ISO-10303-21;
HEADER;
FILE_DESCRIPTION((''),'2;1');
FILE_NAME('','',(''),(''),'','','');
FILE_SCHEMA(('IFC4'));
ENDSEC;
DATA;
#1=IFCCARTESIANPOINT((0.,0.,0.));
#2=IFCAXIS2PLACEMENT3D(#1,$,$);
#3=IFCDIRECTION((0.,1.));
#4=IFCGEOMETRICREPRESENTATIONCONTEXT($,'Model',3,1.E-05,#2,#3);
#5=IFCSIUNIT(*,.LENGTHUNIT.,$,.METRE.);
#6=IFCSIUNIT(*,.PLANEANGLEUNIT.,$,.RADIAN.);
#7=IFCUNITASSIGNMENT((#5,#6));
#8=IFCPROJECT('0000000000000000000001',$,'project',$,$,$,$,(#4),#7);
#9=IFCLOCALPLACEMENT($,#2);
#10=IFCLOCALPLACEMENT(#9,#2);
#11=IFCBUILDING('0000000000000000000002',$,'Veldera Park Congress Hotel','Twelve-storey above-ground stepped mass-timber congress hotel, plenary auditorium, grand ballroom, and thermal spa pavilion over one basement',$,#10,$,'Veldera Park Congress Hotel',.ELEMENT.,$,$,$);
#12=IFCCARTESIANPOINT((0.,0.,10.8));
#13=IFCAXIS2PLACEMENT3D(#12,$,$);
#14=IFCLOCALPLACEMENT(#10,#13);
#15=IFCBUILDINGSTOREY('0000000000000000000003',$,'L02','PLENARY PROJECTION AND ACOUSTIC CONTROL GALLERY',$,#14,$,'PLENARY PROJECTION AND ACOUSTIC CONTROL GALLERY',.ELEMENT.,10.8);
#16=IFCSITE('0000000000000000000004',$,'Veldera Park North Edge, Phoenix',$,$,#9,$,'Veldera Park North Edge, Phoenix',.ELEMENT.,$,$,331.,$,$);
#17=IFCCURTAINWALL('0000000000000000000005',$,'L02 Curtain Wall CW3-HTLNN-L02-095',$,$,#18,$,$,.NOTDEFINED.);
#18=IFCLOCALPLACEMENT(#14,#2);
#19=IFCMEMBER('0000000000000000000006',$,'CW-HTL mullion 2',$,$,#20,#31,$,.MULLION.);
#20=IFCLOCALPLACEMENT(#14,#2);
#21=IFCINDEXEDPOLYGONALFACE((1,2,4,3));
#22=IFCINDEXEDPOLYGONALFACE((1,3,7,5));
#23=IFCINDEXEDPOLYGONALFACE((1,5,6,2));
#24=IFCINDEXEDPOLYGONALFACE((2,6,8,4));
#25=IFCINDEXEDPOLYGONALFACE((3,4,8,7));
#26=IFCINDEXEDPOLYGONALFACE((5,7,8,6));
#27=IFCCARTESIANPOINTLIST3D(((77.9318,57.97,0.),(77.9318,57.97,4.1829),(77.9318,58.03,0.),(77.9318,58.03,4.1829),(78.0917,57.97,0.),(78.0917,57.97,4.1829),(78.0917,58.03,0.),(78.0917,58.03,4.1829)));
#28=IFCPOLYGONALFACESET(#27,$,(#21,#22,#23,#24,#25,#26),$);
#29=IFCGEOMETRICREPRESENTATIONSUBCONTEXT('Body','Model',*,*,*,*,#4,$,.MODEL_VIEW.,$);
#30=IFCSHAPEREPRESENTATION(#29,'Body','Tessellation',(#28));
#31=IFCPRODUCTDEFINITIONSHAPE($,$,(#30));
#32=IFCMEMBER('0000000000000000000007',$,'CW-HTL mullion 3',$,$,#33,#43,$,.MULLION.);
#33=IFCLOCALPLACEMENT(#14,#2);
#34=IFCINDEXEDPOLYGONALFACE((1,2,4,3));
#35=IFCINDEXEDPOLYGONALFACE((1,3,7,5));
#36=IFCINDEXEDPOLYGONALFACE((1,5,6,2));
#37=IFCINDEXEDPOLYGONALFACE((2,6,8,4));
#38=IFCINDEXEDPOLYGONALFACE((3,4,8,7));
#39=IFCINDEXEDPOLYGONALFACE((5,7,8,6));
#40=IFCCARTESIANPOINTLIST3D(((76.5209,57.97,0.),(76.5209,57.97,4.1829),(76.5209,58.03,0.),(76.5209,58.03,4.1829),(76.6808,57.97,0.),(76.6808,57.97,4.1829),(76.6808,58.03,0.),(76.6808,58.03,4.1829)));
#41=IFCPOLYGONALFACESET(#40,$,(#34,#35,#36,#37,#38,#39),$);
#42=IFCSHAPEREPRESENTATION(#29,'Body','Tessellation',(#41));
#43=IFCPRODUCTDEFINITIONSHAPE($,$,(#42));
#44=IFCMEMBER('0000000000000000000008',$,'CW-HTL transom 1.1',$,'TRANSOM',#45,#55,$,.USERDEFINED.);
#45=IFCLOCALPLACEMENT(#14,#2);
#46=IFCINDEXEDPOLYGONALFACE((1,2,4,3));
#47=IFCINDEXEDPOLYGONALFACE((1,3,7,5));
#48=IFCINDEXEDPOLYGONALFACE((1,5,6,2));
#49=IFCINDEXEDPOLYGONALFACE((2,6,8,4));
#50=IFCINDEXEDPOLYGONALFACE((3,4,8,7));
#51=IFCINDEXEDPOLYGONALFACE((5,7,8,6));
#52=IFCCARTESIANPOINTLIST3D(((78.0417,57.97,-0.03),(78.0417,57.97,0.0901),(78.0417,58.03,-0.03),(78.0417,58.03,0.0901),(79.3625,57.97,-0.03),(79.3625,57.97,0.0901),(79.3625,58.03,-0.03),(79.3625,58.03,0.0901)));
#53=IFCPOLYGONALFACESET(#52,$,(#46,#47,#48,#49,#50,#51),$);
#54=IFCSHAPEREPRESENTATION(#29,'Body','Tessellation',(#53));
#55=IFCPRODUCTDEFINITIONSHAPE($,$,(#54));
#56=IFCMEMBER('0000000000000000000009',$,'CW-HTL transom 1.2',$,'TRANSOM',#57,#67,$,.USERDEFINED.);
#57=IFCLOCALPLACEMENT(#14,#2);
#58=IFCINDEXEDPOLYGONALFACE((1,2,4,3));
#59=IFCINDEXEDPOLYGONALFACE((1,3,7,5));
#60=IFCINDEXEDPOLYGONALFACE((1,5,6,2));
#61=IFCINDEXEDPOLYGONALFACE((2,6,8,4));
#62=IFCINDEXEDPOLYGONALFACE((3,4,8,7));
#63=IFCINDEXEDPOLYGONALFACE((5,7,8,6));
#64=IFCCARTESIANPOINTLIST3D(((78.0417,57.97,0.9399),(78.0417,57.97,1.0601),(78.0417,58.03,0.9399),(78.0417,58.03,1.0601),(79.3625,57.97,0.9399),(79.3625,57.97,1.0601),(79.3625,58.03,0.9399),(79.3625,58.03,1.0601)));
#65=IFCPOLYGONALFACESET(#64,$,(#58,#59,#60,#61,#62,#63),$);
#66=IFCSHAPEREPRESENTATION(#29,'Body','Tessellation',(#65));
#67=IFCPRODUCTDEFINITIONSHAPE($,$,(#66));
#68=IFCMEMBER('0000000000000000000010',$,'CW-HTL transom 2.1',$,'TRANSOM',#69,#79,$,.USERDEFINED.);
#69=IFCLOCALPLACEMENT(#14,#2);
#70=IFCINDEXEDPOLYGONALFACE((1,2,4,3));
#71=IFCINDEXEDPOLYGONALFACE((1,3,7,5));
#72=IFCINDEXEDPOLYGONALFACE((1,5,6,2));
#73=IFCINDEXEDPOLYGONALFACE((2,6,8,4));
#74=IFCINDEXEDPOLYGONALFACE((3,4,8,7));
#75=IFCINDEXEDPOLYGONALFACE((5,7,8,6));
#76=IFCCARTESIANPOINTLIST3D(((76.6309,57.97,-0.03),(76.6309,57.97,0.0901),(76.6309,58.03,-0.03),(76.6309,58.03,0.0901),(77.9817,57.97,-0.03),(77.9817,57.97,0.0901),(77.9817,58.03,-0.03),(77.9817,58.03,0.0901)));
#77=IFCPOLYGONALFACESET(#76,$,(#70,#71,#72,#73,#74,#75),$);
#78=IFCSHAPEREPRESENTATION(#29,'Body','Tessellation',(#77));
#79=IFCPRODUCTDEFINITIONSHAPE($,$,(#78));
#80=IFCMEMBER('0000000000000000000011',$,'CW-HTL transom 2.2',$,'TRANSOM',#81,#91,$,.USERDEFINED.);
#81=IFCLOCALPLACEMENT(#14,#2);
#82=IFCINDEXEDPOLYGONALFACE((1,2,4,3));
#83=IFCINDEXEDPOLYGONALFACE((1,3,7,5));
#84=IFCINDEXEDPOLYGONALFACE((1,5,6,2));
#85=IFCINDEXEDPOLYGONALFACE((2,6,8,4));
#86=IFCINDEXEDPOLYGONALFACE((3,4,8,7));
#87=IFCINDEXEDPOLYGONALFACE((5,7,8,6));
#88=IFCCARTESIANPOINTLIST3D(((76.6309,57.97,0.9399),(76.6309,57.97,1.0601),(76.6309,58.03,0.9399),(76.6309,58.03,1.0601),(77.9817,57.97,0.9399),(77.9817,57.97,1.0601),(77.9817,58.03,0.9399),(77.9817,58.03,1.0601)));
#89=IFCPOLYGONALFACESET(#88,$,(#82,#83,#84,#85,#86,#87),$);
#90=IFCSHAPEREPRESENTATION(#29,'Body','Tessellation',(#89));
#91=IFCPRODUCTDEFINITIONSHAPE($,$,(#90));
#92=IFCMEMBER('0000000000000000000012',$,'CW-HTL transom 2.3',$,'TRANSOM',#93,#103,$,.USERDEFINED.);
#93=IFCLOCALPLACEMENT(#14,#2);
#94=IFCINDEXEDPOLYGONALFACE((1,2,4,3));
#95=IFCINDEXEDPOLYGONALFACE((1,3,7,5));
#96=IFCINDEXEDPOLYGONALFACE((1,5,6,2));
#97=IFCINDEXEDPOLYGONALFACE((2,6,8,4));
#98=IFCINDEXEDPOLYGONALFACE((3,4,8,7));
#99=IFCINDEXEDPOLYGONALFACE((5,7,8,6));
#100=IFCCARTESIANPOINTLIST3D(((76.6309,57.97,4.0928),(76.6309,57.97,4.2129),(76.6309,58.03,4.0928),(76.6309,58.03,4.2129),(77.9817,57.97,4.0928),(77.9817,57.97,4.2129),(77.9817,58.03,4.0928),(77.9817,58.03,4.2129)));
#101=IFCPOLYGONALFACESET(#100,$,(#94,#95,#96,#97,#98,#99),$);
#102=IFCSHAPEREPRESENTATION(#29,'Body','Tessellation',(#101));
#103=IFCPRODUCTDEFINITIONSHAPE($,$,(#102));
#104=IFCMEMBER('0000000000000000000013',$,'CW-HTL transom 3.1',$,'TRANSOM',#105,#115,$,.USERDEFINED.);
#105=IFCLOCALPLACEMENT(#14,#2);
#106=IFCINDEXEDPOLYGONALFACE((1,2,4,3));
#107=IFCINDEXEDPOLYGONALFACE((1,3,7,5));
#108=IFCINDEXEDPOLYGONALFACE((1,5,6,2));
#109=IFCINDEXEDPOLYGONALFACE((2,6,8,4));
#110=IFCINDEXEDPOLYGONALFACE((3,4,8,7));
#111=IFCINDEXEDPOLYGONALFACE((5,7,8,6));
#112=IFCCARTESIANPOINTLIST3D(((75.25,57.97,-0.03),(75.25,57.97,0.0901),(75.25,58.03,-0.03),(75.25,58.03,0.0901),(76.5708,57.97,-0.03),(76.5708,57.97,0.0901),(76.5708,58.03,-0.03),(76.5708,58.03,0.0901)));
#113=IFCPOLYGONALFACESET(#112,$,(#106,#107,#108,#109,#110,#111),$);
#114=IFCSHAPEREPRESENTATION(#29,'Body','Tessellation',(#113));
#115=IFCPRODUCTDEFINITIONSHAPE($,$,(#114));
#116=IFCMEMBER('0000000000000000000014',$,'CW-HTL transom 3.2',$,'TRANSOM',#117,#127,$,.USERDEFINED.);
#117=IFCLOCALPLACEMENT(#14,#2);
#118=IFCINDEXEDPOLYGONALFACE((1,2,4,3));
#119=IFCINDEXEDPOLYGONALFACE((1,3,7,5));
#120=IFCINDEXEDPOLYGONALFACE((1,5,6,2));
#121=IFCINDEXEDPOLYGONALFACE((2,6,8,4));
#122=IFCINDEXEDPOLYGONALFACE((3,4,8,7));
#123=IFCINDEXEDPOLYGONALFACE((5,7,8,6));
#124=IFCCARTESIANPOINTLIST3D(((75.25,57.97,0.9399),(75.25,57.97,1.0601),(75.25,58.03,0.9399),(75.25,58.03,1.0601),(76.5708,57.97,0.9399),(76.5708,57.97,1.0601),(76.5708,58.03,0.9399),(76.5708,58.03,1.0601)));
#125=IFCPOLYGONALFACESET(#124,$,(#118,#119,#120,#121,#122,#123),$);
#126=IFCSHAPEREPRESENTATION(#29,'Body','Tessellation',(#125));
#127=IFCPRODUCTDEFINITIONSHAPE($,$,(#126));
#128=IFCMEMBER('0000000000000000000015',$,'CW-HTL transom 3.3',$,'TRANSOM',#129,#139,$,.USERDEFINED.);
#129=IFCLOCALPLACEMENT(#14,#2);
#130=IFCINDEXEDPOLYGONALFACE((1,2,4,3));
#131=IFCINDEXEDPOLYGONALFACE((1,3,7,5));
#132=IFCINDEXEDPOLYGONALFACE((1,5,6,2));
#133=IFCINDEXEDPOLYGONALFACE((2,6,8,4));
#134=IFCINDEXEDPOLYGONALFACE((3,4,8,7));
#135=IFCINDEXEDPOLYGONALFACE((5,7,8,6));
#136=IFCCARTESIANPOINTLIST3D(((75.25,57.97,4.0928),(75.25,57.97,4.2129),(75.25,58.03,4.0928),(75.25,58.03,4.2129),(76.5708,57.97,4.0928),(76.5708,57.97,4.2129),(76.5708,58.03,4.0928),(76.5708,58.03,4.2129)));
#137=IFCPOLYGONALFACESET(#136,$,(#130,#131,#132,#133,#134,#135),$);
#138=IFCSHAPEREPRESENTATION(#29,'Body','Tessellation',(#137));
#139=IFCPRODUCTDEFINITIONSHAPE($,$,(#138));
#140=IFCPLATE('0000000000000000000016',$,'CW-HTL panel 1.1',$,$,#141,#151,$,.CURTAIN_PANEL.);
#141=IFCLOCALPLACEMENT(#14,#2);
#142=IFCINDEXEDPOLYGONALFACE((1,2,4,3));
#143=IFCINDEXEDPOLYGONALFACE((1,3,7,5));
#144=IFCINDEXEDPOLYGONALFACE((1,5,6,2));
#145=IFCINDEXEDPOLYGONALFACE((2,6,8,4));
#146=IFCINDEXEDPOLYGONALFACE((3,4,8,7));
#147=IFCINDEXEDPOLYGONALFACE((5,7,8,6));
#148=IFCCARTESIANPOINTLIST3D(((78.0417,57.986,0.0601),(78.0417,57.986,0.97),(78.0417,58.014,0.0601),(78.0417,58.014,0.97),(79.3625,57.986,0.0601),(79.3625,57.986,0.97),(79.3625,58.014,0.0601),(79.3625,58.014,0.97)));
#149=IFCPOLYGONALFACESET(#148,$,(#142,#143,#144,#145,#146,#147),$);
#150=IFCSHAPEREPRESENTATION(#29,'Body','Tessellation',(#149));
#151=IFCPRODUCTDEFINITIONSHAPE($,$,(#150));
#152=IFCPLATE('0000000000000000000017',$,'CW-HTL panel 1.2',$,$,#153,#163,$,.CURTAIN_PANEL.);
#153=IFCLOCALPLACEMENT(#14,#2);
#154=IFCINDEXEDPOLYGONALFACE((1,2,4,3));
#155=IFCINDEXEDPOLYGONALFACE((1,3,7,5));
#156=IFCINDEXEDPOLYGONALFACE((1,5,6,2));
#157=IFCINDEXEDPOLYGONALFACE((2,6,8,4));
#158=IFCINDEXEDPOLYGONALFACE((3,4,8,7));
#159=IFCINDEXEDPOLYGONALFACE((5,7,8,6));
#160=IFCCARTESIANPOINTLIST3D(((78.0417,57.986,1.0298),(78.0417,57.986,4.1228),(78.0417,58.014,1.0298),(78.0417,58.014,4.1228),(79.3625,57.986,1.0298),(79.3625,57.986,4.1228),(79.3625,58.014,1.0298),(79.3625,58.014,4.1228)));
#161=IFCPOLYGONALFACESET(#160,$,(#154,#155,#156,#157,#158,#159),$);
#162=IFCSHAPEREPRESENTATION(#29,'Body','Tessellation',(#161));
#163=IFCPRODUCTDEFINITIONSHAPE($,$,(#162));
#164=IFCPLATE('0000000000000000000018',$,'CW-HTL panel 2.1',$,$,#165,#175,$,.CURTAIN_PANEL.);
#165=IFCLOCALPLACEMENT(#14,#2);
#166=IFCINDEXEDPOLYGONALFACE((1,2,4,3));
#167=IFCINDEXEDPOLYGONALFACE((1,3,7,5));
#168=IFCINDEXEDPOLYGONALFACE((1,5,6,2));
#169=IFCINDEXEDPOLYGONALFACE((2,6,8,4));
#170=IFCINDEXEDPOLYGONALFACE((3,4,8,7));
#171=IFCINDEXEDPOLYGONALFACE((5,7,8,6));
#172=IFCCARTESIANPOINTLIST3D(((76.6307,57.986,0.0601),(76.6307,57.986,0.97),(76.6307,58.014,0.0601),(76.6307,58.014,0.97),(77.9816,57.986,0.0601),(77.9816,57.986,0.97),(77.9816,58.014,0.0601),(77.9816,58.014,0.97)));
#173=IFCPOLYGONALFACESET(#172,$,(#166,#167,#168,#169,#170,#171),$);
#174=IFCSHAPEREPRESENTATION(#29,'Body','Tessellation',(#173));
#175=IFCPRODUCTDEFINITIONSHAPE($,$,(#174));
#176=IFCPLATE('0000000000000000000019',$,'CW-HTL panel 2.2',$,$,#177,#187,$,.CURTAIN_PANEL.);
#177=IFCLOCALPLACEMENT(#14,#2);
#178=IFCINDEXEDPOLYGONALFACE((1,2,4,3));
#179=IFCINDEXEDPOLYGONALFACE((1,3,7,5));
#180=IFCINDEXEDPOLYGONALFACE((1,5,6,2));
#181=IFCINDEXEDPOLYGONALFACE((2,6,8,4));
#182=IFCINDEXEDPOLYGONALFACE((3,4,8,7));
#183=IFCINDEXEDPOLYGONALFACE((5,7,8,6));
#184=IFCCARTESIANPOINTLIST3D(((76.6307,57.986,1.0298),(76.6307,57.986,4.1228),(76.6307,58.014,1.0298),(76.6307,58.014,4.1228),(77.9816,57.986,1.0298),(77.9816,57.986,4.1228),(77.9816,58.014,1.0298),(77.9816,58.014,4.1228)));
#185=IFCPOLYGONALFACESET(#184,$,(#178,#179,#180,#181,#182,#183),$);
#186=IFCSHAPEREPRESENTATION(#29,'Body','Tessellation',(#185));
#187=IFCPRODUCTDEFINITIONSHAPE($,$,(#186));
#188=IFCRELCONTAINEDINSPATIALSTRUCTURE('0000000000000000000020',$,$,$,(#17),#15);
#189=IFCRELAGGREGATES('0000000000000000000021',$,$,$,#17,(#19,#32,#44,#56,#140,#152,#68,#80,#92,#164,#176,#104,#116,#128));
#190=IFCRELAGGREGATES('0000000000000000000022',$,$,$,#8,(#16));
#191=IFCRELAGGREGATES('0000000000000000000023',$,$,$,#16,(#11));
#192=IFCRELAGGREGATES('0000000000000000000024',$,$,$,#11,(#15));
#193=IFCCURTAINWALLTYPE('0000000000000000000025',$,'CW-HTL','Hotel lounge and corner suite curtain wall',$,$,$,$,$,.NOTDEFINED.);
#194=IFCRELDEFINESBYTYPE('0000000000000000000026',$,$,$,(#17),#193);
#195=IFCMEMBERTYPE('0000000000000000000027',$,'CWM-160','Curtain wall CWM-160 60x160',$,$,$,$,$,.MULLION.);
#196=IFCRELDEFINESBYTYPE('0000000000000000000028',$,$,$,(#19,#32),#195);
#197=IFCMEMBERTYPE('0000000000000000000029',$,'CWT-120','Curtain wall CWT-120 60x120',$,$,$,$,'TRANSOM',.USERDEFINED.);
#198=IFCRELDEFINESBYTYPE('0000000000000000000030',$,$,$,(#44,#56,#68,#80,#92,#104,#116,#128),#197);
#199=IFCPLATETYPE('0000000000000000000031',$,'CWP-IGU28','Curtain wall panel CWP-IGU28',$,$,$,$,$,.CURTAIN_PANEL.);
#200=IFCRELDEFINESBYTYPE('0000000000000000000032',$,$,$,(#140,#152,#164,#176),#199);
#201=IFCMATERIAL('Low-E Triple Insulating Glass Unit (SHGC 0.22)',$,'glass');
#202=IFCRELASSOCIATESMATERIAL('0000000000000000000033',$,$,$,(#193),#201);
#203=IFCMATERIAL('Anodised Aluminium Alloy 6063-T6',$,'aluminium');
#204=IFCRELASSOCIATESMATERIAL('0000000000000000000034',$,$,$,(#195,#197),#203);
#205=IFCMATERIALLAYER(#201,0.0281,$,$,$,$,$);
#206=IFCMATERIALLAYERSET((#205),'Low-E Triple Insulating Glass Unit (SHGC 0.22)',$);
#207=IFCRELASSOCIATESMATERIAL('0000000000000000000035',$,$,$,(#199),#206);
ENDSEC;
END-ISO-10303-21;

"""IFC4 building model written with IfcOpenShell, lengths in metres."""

from ifc_helpers import new_model, si_unit, direction, frame, origin, origin_2d, place, context, subcontext, project, spatial, rectangle, extrude, material, layer, layer_set, material_profile, profile_set, type_object, element, aggregate, save


model = new_model("IFC4")

# Units and contexts
model_context = context("Model", 3, precision=1e-05, world=origin(), true_north=direction((0.0, 1.0)))
body_context = subcontext(model_context, "Body", "Model", "MODEL_VIEW")
ifc_project = project(units=[si_unit("LENGTHUNIT", "METRE"), si_unit("PLANEANGLEUNIT", "RADIAN")], contexts=[model_context])

# Site, building, storey
site_placement = place(None, origin())
site = spatial("IfcSite", under=ifc_project, at=site_placement, Name="Veldera Park North Edge, Phoenix", LongName="Veldera Park North Edge, Phoenix", CompositionType="ELEMENT", RefElevation=331.0)
building_placement = place(site_placement, origin())
building = spatial("IfcBuilding", under=site, at=building_placement, Name="Veldera Park Congress Hotel", Description="Twelve-storey above-ground stepped mass-timber congress hotel, plenary auditorium, grand ballroom, and thermal spa pavilion over one basement", LongName="Veldera Park Congress Hotel", CompositionType="ELEMENT")
storey_placement = place(building_placement, frame((0.0, 0.0, 10.8)))
storey = spatial("IfcBuildingStorey", under=building, at=storey_placement, Name="L02", Description="PLENARY PROJECTION AND ACOUSTIC CONTROL GALLERY", LongName="PLENARY PROJECTION AND ACOUSTIC CONTROL GALLERY", CompositionType="ELEMENT", Elevation=10.8)

# Curtain wall, members, plates
ifc_material_1 = material(Name="Low-E Triple Insulating Glass Unit (SHGC 0.22)", Category="glass")
curtain_wall_type = type_object("IfcCurtainWallType", Name="CW-HTL", Description="Hotel lounge and corner suite curtain wall", PredefinedType="NOTDEFINED", material=ifc_material_1)
curtain_wall_placement = place(storey_placement, origin())
curtain_wall = element("IfcCurtainWall", 1, at=curtain_wall_placement, inside=storey, type_object=curtain_wall_type, Name="L02 Curtain Wall CW3-HTLNN-L02-095", PredefinedType="NOTDEFINED")
ifc_material_2 = material(Name="Anodised Aluminium Alloy 6063-T6", Category="aluminium")
ifc_material_profile_1 = material_profile(ifc_material_2, rectangle(XDim=0.0601, YDim=0.1599, at=origin_2d()), Name="ALU 60x160")
ifc_profile_set_1 = profile_set([ifc_material_profile_1], Name="Anodised Aluminium Alloy 6063-T6")
member_type_1 = type_object("IfcMemberType", Name="CWM-160", Description="Curtain wall CWM-160 60x160", PredefinedType="MULLION", material=ifc_profile_set_1)
member_1_placement = place(storey_placement, frame((78.0117, 58.0, 0.0), z_axis=(0.0, 0.0, 1.0), x_axis=(0.0, -1.0, 0.0)))
member_1 = element("IfcMember", 2, at=member_1_placement, type_object=member_type_1, Name="CW-HTL mullion 2", PredefinedType="MULLION", context=body_context, shape_type="SweptSolid", body=[
    extrude(rectangle(XDim=0.0601, YDim=0.1599, at=origin_2d()), origin(), (0.0, 0.0, 1.0), 4.1829),
])
member_2_placement = place(storey_placement, frame((76.6008, 58.0, 0.0), z_axis=(0.0, 0.0, 1.0), x_axis=(0.0, -1.0, 0.0)))
member_2 = element("IfcMember", 3, at=member_2_placement, type_object=member_type_1, Name="CW-HTL mullion 3", PredefinedType="MULLION", context=body_context, shape_type="SweptSolid", body=[
    extrude(rectangle(XDim=0.0601, YDim=0.1599, at=origin_2d()), origin(), (0.0, 0.0, 1.0), 4.1829),
])
ifc_material_profile_2 = material_profile(ifc_material_2, rectangle(XDim=0.0601, YDim=0.1201, at=origin_2d()), Name="ALU 60x120")
ifc_profile_set_2 = profile_set([ifc_material_profile_2], Name="Anodised Aluminium Alloy 6063-T6")
member_type_2 = type_object("IfcMemberType", Name="CWT-120", Description="Curtain wall CWT-120 60x120", ElementType="TRANSOM", PredefinedType="USERDEFINED", material=ifc_profile_set_2)
member_3_placement = place(storey_placement, frame((79.3625, 58.0, 0.03), z_axis=(-1.0, 0.0, 0.0), x_axis=(0.0, -1.0, 0.0)))
member_3 = element("IfcMember", 4, at=member_3_placement, type_object=member_type_2, Name="CW-HTL transom 1.1", ObjectType="TRANSOM", PredefinedType="USERDEFINED", context=body_context, shape_type="SweptSolid", body=[
    extrude(rectangle(XDim=0.0601, YDim=0.1201, at=origin_2d()), origin(), (0.0, 0.0, 1.0), 1.3208),
])
member_4_placement = place(storey_placement, frame((79.3625, 58.0, 1.0), z_axis=(-1.0, 0.0, 0.0), x_axis=(0.0, -1.0, 0.0)))
member_4 = element("IfcMember", 5, at=member_4_placement, type_object=member_type_2, Name="CW-HTL transom 1.2", ObjectType="TRANSOM", PredefinedType="USERDEFINED", context=body_context, shape_type="SweptSolid", body=[
    extrude(rectangle(XDim=0.0601, YDim=0.1201, at=origin_2d()), origin(), (0.0, 0.0, 1.0), 1.3208),
])
member_5_placement = place(storey_placement, frame((77.9817, 58.0, 0.03), z_axis=(-1.0, 0.0, 0.0), x_axis=(0.0, -1.0, 0.0)))
member_5 = element("IfcMember", 6, at=member_5_placement, type_object=member_type_2, Name="CW-HTL transom 2.1", ObjectType="TRANSOM", PredefinedType="USERDEFINED", context=body_context, shape_type="SweptSolid", body=[
    extrude(rectangle(XDim=0.0601, YDim=0.1201, at=origin_2d()), origin(), (0.0, 0.0, 1.0), 1.3508),
])
member_6_placement = place(storey_placement, frame((77.9817, 58.0, 1.0), z_axis=(-1.0, 0.0, 0.0), x_axis=(0.0, -1.0, 0.0)))
member_6 = element("IfcMember", 7, at=member_6_placement, type_object=member_type_2, Name="CW-HTL transom 2.2", ObjectType="TRANSOM", PredefinedType="USERDEFINED", context=body_context, shape_type="SweptSolid", body=[
    extrude(rectangle(XDim=0.0601, YDim=0.1201, at=origin_2d()), origin(), (0.0, 0.0, 1.0), 1.3508),
])
member_7_placement = place(storey_placement, frame((77.9817, 58.0, 4.1528), z_axis=(-1.0, 0.0, 0.0), x_axis=(0.0, -1.0, 0.0)))
member_7 = element("IfcMember", 8, at=member_7_placement, type_object=member_type_2, Name="CW-HTL transom 2.3", ObjectType="TRANSOM", PredefinedType="USERDEFINED", context=body_context, shape_type="SweptSolid", body=[
    extrude(rectangle(XDim=0.0601, YDim=0.1201, at=origin_2d()), origin(), (0.0, 0.0, 1.0), 1.3508),
])
member_8_placement = place(storey_placement, frame((76.5708, 58.0, 0.03), z_axis=(-1.0, 0.0, 0.0), x_axis=(0.0, -1.0, 0.0)))
member_8 = element("IfcMember", 9, at=member_8_placement, type_object=member_type_2, Name="CW-HTL transom 3.1", ObjectType="TRANSOM", PredefinedType="USERDEFINED", context=body_context, shape_type="SweptSolid", body=[
    extrude(rectangle(XDim=0.0601, YDim=0.1201, at=origin_2d()), origin(), (0.0, 0.0, 1.0), 1.3208),
])
member_9_placement = place(storey_placement, frame((76.5708, 58.0, 1.0), z_axis=(-1.0, 0.0, 0.0), x_axis=(0.0, -1.0, 0.0)))
member_9 = element("IfcMember", 10, at=member_9_placement, type_object=member_type_2, Name="CW-HTL transom 3.2", ObjectType="TRANSOM", PredefinedType="USERDEFINED", context=body_context, shape_type="SweptSolid", body=[
    extrude(rectangle(XDim=0.0601, YDim=0.1201, at=origin_2d()), origin(), (0.0, 0.0, 1.0), 1.3208),
])
member_10_placement = place(storey_placement, frame((76.5708, 58.0, 4.1528), z_axis=(-1.0, 0.0, 0.0), x_axis=(0.0, -1.0, 0.0)))
member_10 = element("IfcMember", 11, at=member_10_placement, type_object=member_type_2, Name="CW-HTL transom 3.3", ObjectType="TRANSOM", PredefinedType="USERDEFINED", context=body_context, shape_type="SweptSolid", body=[
    extrude(rectangle(XDim=0.0601, YDim=0.1201, at=origin_2d()), origin(), (0.0, 0.0, 1.0), 1.3208),
])
ifc_layer_1 = layer(ifc_material_1, 0.0281)
ifc_layer_set_1 = layer_set([ifc_layer_1], Name="Low-E Triple Insulating Glass Unit (SHGC 0.22)")
plate_type = type_object("IfcPlateType", Name="CWP-IGU28", Description="Curtain wall panel CWP-IGU28", PredefinedType="CURTAIN_PANEL", material=ifc_layer_set_1)
plate_1_placement = place(storey_placement, frame((78.7021, 58.0, 0.0601), z_axis=(0.0, 0.0, 1.0), x_axis=(-1.0, 0.0, 0.0)))
plate_1 = element("IfcPlate", 12, at=plate_1_placement, type_object=plate_type, Name="CW-HTL panel 1.1", PredefinedType="CURTAIN_PANEL", context=body_context, shape_type="SweptSolid", body=[
    extrude(rectangle(XDim=1.3208, YDim=0.0281, at=origin_2d()), origin(), (0.0, 0.0, 1.0), 0.9099),
])
plate_2_placement = place(storey_placement, frame((78.7021, 58.0, 1.0298), z_axis=(0.0, 0.0, 1.0), x_axis=(-1.0, 0.0, 0.0)))
plate_2 = element("IfcPlate", 13, at=plate_2_placement, type_object=plate_type, Name="CW-HTL panel 1.2", PredefinedType="CURTAIN_PANEL", context=body_context, shape_type="SweptSolid", body=[
    extrude(rectangle(XDim=1.3208, YDim=0.0281, at=origin_2d()), origin(), (0.0, 0.0, 1.0), 3.093),
])
plate_3_placement = place(storey_placement, frame((77.3062, 58.0, 0.0601), z_axis=(0.0, 0.0, 1.0), x_axis=(-1.0, 0.0, 0.0)))
plate_3 = element("IfcPlate", 14, at=plate_3_placement, type_object=plate_type, Name="CW-HTL panel 2.1", PredefinedType="CURTAIN_PANEL", context=body_context, shape_type="SweptSolid", body=[
    extrude(rectangle(XDim=1.3508, YDim=0.0281, at=origin_2d()), origin(), (0.0, 0.0, 1.0), 0.9099),
])
plate_4_placement = place(storey_placement, frame((77.3062, 58.0, 1.0298), z_axis=(0.0, 0.0, 1.0), x_axis=(-1.0, 0.0, 0.0)))
plate_4 = element("IfcPlate", 15, at=plate_4_placement, type_object=plate_type, Name="CW-HTL panel 2.2", PredefinedType="CURTAIN_PANEL", context=body_context, shape_type="SweptSolid", body=[
    extrude(rectangle(XDim=1.3508, YDim=0.0281, at=origin_2d()), origin(), (0.0, 0.0, 1.0), 3.093),
])
aggregate(curtain_wall, [member_1, member_2, member_3, member_4, plate_1, plate_2, member_5, member_6, member_7, plate_3, plate_4, member_8, member_9, member_10])

save(model, "model.ifc")
